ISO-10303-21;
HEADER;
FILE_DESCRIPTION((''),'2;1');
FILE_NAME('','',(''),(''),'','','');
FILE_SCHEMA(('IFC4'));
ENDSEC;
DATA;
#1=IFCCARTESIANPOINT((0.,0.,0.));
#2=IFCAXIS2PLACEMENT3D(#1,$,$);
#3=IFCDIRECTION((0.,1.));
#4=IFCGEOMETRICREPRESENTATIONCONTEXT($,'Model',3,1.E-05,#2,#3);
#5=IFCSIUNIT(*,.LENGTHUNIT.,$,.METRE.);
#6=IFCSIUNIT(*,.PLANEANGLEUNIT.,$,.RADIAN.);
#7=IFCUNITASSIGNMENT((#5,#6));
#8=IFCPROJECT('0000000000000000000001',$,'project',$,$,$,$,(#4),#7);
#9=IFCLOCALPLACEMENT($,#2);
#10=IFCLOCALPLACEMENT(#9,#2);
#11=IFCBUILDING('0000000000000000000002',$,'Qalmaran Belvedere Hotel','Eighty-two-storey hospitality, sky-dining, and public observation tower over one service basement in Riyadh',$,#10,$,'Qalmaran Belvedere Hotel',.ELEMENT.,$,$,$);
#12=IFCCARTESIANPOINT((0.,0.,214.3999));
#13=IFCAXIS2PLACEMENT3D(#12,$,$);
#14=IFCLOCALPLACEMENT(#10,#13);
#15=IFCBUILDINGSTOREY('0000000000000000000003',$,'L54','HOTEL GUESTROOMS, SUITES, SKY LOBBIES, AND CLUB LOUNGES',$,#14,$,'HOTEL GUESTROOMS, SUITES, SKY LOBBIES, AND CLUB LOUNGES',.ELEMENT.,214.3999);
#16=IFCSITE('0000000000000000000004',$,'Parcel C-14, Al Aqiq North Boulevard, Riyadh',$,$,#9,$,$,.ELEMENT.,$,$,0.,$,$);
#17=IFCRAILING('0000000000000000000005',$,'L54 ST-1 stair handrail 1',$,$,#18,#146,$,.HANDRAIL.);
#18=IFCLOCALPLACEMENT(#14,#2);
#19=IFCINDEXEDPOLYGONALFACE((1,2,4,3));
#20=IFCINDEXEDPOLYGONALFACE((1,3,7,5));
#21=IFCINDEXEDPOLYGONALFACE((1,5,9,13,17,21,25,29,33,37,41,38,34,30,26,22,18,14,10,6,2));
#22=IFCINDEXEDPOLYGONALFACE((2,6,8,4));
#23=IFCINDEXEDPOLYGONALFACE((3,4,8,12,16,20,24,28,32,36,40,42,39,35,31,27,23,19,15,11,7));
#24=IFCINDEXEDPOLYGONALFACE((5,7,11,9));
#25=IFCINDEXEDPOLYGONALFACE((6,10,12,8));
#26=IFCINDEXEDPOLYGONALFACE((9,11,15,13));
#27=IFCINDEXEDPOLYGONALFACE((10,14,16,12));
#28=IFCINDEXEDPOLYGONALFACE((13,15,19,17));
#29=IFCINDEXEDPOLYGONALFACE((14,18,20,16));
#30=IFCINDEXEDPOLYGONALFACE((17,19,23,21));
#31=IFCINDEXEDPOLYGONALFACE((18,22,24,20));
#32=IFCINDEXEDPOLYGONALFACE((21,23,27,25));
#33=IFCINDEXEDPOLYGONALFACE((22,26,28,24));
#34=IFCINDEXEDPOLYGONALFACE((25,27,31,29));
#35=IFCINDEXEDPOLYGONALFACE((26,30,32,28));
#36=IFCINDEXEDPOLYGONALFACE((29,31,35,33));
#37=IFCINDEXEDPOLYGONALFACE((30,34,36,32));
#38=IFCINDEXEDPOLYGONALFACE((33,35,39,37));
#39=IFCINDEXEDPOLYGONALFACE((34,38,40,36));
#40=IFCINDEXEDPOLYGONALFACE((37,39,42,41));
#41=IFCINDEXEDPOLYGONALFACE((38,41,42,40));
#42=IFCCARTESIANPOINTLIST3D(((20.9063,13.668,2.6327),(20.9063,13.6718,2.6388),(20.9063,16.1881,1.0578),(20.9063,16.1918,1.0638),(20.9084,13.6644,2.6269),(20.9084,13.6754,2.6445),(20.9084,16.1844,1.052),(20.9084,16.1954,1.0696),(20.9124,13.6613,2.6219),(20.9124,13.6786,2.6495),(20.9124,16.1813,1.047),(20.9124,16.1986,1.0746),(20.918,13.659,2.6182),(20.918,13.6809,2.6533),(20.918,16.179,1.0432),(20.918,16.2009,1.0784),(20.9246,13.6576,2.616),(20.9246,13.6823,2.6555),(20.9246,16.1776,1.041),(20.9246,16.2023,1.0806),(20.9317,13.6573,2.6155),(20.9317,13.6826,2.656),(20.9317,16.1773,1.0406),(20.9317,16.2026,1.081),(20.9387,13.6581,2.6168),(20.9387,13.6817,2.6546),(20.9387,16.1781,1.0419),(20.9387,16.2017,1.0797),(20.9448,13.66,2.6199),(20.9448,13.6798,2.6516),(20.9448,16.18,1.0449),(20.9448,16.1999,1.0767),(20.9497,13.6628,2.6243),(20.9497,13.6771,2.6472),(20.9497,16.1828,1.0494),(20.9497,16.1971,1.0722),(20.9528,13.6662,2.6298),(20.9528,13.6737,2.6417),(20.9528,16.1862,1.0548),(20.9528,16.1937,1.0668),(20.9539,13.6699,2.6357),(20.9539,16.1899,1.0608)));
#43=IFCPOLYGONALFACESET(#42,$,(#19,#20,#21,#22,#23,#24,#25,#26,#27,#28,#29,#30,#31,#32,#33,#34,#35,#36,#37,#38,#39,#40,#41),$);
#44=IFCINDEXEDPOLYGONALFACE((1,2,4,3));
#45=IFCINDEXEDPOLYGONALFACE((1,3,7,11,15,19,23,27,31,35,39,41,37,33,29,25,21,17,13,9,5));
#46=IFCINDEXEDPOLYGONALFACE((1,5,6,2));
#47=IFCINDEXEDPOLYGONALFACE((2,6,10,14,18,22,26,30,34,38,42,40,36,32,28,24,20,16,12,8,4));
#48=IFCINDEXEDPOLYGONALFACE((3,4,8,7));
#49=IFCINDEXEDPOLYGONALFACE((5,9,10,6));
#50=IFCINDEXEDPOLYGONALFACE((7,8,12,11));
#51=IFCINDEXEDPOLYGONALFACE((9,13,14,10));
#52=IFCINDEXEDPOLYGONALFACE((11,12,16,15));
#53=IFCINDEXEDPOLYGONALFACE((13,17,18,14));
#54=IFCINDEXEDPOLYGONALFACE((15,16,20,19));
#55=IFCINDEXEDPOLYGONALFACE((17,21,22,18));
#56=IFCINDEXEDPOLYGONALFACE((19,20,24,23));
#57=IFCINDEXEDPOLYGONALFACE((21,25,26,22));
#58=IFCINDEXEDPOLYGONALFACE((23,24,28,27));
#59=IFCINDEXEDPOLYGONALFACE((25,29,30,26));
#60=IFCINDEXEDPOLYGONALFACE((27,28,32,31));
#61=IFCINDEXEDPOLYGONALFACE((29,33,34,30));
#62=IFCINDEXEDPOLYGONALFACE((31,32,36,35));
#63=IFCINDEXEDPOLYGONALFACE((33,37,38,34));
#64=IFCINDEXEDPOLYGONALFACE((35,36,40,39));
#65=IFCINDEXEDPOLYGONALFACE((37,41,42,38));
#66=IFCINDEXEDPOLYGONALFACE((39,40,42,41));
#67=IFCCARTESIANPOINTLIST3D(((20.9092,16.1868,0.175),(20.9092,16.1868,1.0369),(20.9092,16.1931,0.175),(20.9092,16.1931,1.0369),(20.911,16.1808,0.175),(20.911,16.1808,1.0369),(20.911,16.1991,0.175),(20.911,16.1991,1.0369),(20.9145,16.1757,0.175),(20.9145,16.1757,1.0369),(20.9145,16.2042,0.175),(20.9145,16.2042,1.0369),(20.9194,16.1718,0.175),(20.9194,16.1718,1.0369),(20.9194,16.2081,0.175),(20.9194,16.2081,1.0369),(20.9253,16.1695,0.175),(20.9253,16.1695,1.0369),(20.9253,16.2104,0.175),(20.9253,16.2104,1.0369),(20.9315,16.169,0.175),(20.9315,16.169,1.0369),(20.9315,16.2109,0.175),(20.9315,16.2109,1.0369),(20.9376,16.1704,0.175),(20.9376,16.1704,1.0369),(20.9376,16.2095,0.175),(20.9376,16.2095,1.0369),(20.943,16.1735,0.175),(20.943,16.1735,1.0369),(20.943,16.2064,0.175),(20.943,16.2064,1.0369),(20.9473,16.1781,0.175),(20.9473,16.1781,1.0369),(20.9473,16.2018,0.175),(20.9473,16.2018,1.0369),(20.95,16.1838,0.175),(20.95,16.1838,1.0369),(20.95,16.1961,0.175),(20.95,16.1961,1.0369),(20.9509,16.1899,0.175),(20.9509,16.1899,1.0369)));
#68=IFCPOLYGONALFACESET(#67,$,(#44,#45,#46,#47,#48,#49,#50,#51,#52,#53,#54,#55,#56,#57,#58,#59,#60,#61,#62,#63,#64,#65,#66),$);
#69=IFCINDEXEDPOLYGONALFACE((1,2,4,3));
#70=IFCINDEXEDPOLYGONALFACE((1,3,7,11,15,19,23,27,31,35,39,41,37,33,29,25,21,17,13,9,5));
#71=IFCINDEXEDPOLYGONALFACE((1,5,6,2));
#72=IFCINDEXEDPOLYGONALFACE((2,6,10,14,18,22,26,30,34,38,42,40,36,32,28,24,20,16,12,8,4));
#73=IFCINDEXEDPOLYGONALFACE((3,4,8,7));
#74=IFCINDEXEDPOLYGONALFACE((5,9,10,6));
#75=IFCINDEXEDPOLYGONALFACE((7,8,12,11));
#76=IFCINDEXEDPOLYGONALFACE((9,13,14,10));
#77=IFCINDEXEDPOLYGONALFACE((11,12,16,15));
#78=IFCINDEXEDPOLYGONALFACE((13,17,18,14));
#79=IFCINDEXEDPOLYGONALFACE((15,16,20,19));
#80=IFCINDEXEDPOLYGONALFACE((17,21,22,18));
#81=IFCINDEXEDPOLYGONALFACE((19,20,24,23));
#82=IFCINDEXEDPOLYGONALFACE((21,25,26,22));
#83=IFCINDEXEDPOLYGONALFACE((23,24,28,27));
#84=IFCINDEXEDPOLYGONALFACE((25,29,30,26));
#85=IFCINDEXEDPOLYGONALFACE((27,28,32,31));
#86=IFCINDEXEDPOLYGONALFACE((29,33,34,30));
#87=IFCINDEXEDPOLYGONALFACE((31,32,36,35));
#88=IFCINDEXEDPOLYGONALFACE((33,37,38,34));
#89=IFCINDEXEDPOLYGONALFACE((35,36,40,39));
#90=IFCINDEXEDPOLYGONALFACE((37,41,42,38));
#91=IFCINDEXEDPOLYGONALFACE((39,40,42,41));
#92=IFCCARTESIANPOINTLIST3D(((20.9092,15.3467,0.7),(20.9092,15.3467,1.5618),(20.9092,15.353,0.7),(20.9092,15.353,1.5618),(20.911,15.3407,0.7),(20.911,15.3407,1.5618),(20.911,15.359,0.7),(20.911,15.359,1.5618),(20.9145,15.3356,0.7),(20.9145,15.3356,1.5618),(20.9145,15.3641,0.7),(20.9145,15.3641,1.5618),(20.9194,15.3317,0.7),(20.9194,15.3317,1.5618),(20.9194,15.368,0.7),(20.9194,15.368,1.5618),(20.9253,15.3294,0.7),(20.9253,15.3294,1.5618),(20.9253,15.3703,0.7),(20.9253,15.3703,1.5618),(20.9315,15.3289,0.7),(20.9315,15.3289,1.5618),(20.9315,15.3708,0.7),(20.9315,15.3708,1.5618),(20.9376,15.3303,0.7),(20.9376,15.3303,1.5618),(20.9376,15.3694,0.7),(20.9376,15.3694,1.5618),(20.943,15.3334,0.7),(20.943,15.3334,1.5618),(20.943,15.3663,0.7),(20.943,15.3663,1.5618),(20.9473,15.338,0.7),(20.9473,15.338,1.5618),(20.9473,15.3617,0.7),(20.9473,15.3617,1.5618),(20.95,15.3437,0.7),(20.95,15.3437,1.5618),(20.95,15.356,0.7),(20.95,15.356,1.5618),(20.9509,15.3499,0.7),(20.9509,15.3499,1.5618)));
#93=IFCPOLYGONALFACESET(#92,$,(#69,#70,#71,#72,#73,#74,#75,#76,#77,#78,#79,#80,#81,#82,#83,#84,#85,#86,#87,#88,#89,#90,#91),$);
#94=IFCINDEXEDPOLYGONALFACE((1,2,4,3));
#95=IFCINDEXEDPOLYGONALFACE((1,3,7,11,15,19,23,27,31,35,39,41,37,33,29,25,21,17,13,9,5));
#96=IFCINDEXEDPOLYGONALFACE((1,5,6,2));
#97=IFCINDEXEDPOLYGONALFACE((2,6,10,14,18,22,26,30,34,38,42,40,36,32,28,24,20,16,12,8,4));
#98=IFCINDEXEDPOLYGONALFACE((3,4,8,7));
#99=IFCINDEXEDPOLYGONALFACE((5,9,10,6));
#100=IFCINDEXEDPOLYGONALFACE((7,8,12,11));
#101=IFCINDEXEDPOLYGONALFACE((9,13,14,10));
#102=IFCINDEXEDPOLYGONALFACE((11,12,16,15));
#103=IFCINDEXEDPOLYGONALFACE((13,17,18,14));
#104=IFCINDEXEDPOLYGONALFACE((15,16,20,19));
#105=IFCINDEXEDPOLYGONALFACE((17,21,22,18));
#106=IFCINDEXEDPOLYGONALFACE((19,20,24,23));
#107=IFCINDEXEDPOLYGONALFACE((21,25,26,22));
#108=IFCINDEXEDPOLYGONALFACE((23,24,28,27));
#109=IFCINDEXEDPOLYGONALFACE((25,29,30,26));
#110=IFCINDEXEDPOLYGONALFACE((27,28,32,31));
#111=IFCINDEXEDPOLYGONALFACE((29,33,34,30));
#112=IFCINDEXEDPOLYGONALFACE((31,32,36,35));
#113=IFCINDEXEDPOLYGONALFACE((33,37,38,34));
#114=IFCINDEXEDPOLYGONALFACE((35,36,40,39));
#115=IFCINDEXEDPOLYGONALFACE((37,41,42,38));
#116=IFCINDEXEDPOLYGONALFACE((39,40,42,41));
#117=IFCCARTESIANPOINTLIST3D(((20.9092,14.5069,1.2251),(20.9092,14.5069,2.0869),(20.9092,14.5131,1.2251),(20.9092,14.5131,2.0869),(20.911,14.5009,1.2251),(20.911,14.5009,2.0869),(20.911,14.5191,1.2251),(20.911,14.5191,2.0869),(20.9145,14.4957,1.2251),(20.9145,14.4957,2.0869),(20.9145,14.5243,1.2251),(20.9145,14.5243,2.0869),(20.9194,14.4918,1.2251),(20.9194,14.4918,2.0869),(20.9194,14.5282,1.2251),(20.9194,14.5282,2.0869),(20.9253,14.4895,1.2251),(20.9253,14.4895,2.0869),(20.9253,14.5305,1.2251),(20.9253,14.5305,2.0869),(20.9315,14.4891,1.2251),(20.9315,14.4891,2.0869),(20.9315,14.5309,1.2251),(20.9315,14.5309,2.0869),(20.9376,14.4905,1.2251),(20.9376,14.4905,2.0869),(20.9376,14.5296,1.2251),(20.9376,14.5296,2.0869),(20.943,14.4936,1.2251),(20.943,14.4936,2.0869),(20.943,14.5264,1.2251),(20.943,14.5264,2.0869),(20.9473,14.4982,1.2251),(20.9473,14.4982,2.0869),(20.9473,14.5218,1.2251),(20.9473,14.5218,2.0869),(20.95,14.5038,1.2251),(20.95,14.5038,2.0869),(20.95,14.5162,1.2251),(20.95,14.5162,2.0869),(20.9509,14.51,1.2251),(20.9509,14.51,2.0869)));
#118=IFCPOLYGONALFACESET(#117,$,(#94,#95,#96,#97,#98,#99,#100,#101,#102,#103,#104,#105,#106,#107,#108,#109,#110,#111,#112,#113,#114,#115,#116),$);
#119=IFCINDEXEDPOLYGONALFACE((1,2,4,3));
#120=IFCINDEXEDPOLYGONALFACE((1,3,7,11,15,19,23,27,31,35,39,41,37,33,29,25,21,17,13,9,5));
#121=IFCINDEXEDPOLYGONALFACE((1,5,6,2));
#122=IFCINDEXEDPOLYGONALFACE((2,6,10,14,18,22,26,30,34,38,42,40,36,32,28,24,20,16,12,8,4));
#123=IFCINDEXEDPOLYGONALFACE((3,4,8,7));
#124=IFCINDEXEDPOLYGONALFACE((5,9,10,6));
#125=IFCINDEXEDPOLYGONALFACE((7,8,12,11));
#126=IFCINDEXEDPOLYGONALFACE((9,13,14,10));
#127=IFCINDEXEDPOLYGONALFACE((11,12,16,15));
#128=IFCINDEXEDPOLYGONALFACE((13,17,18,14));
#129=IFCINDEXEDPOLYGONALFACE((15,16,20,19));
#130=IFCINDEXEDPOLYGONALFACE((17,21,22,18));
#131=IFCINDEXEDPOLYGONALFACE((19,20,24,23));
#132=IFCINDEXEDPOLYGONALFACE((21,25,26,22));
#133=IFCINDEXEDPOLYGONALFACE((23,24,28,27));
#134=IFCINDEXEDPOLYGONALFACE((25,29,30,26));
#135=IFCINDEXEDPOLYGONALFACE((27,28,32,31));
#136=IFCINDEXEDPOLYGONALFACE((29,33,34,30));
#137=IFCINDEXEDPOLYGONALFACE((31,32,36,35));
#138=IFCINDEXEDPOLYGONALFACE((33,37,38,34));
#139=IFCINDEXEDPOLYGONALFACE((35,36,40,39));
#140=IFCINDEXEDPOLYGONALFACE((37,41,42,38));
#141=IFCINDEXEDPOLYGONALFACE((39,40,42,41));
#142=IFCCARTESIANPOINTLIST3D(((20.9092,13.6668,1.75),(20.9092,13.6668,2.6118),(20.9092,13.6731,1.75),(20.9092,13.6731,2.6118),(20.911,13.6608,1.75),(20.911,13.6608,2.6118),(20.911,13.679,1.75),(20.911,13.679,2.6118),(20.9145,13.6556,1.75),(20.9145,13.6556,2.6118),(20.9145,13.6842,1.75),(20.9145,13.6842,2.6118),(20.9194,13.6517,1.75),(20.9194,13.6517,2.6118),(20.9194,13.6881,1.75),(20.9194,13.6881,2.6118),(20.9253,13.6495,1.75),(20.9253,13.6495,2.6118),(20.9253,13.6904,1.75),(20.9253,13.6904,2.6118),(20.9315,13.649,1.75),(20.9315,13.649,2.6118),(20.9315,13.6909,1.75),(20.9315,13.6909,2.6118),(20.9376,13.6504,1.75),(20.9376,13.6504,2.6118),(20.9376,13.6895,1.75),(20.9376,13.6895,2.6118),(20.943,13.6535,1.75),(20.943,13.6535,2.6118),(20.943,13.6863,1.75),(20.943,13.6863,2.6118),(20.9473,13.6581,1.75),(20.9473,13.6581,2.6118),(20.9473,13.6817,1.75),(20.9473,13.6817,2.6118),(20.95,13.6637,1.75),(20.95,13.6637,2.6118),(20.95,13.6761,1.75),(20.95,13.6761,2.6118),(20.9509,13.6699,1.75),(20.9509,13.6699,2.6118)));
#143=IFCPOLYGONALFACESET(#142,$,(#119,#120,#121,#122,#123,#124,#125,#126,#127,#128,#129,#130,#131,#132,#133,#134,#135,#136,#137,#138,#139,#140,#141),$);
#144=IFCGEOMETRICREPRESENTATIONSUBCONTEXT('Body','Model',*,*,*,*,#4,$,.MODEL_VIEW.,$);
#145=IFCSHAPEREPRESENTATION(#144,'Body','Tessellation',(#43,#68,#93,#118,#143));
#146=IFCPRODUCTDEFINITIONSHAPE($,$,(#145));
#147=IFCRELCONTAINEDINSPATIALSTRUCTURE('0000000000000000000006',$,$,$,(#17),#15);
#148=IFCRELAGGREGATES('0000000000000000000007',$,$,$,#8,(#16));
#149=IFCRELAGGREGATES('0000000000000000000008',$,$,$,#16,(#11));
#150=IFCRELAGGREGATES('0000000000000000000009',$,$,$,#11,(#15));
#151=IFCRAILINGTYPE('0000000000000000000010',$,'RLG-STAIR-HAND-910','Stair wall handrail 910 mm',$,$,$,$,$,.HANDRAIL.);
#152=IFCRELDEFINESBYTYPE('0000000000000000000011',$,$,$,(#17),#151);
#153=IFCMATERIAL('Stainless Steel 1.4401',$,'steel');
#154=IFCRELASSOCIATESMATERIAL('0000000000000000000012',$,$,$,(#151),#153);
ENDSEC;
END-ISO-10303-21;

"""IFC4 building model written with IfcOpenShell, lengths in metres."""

from ifc_helpers import new_model, si_unit, direction, frame, origin, origin_2d, place, context, subcontext, project, spatial, circle, extrude, material, type_object, element, save


model = new_model("IFC4")

# Units and contexts
model_context = context("Model", 3, precision=1e-05, world=origin(), true_north=direction((0.0, 1.0)))
body_context = subcontext(model_context, "Body", "Model", "MODEL_VIEW")
ifc_project = project(units=[si_unit("LENGTHUNIT", "METRE"), si_unit("PLANEANGLEUNIT", "RADIAN")], contexts=[model_context])

# Site, building, storey
site_placement = place(None, origin())
site = spatial("IfcSite", under=ifc_project, at=site_placement, Name="Parcel C-14, Al Aqiq North Boulevard, Riyadh", CompositionType="ELEMENT", RefElevation=0.0)
building_placement = place(site_placement, origin())
building = spatial("IfcBuilding", under=site, at=building_placement, Name="Qalmaran Belvedere Hotel", Description="Eighty-two-storey hospitality, sky-dining, and public observation tower over one service basement in Riyadh", LongName="Qalmaran Belvedere Hotel", CompositionType="ELEMENT")
storey_placement = place(building_placement, frame((0.0, 0.0, 214.3999)))
storey = spatial("IfcBuildingStorey", under=building, at=storey_placement, Name="L54", Description="HOTEL GUESTROOMS, SUITES, SKY LOBBIES, AND CLUB LOUNGES", LongName="HOTEL GUESTROOMS, SUITES, SKY LOBBIES, AND CLUB LOUNGES", CompositionType="ELEMENT", Elevation=214.3999)

# Shared definitions
ifc_material_1 = material(Name="Stainless Steel 1.4401", Category="steel")

# Railing
railing_type_1 = type_object("IfcRailingType", Name="RLG-STAIR-HAND-910", Description="Stair wall handrail 910 mm", PredefinedType="HANDRAIL", material=ifc_material_1)
railing_1_placement = place(storey_placement, frame((20.9299, 16.1899, 0.175)))
element("IfcRailing", 1, at=railing_1_placement, inside=storey, type_object=railing_type_1, Name="L54 ST-1 stair handrail 1", PredefinedType="HANDRAIL", context=body_context, shape_type="SweptSolid", body=[
    extrude(circle(Radius=0.0239, at=origin_2d()), frame((0.0, 0.0, 0.8857), z_axis=(0.0, -0.848008, 0.529984), x_axis=(1.0, 0.0, 0.0)), (0.0, 0.0, 1.0), 2.9717),
    extrude(circle(Radius=0.021, at=origin_2d()), origin(), (0.0, 0.0, 1.0), 0.8618),
    extrude(circle(Radius=0.021, at=origin_2d()), frame((0.0, -0.8401, 0.5249)), (0.0, 0.0, 1.0), 0.8618),
    extrude(circle(Radius=0.021, at=origin_2d()), frame((0.0, -1.6799, 1.05)), (0.0, 0.0, 1.0), 0.8618),
    extrude(circle(Radius=0.021, at=origin_2d()), frame((0.0, -2.52, 1.575)), (0.0, 0.0, 1.0), 0.8618),
])

save(model, "model.ifc")
